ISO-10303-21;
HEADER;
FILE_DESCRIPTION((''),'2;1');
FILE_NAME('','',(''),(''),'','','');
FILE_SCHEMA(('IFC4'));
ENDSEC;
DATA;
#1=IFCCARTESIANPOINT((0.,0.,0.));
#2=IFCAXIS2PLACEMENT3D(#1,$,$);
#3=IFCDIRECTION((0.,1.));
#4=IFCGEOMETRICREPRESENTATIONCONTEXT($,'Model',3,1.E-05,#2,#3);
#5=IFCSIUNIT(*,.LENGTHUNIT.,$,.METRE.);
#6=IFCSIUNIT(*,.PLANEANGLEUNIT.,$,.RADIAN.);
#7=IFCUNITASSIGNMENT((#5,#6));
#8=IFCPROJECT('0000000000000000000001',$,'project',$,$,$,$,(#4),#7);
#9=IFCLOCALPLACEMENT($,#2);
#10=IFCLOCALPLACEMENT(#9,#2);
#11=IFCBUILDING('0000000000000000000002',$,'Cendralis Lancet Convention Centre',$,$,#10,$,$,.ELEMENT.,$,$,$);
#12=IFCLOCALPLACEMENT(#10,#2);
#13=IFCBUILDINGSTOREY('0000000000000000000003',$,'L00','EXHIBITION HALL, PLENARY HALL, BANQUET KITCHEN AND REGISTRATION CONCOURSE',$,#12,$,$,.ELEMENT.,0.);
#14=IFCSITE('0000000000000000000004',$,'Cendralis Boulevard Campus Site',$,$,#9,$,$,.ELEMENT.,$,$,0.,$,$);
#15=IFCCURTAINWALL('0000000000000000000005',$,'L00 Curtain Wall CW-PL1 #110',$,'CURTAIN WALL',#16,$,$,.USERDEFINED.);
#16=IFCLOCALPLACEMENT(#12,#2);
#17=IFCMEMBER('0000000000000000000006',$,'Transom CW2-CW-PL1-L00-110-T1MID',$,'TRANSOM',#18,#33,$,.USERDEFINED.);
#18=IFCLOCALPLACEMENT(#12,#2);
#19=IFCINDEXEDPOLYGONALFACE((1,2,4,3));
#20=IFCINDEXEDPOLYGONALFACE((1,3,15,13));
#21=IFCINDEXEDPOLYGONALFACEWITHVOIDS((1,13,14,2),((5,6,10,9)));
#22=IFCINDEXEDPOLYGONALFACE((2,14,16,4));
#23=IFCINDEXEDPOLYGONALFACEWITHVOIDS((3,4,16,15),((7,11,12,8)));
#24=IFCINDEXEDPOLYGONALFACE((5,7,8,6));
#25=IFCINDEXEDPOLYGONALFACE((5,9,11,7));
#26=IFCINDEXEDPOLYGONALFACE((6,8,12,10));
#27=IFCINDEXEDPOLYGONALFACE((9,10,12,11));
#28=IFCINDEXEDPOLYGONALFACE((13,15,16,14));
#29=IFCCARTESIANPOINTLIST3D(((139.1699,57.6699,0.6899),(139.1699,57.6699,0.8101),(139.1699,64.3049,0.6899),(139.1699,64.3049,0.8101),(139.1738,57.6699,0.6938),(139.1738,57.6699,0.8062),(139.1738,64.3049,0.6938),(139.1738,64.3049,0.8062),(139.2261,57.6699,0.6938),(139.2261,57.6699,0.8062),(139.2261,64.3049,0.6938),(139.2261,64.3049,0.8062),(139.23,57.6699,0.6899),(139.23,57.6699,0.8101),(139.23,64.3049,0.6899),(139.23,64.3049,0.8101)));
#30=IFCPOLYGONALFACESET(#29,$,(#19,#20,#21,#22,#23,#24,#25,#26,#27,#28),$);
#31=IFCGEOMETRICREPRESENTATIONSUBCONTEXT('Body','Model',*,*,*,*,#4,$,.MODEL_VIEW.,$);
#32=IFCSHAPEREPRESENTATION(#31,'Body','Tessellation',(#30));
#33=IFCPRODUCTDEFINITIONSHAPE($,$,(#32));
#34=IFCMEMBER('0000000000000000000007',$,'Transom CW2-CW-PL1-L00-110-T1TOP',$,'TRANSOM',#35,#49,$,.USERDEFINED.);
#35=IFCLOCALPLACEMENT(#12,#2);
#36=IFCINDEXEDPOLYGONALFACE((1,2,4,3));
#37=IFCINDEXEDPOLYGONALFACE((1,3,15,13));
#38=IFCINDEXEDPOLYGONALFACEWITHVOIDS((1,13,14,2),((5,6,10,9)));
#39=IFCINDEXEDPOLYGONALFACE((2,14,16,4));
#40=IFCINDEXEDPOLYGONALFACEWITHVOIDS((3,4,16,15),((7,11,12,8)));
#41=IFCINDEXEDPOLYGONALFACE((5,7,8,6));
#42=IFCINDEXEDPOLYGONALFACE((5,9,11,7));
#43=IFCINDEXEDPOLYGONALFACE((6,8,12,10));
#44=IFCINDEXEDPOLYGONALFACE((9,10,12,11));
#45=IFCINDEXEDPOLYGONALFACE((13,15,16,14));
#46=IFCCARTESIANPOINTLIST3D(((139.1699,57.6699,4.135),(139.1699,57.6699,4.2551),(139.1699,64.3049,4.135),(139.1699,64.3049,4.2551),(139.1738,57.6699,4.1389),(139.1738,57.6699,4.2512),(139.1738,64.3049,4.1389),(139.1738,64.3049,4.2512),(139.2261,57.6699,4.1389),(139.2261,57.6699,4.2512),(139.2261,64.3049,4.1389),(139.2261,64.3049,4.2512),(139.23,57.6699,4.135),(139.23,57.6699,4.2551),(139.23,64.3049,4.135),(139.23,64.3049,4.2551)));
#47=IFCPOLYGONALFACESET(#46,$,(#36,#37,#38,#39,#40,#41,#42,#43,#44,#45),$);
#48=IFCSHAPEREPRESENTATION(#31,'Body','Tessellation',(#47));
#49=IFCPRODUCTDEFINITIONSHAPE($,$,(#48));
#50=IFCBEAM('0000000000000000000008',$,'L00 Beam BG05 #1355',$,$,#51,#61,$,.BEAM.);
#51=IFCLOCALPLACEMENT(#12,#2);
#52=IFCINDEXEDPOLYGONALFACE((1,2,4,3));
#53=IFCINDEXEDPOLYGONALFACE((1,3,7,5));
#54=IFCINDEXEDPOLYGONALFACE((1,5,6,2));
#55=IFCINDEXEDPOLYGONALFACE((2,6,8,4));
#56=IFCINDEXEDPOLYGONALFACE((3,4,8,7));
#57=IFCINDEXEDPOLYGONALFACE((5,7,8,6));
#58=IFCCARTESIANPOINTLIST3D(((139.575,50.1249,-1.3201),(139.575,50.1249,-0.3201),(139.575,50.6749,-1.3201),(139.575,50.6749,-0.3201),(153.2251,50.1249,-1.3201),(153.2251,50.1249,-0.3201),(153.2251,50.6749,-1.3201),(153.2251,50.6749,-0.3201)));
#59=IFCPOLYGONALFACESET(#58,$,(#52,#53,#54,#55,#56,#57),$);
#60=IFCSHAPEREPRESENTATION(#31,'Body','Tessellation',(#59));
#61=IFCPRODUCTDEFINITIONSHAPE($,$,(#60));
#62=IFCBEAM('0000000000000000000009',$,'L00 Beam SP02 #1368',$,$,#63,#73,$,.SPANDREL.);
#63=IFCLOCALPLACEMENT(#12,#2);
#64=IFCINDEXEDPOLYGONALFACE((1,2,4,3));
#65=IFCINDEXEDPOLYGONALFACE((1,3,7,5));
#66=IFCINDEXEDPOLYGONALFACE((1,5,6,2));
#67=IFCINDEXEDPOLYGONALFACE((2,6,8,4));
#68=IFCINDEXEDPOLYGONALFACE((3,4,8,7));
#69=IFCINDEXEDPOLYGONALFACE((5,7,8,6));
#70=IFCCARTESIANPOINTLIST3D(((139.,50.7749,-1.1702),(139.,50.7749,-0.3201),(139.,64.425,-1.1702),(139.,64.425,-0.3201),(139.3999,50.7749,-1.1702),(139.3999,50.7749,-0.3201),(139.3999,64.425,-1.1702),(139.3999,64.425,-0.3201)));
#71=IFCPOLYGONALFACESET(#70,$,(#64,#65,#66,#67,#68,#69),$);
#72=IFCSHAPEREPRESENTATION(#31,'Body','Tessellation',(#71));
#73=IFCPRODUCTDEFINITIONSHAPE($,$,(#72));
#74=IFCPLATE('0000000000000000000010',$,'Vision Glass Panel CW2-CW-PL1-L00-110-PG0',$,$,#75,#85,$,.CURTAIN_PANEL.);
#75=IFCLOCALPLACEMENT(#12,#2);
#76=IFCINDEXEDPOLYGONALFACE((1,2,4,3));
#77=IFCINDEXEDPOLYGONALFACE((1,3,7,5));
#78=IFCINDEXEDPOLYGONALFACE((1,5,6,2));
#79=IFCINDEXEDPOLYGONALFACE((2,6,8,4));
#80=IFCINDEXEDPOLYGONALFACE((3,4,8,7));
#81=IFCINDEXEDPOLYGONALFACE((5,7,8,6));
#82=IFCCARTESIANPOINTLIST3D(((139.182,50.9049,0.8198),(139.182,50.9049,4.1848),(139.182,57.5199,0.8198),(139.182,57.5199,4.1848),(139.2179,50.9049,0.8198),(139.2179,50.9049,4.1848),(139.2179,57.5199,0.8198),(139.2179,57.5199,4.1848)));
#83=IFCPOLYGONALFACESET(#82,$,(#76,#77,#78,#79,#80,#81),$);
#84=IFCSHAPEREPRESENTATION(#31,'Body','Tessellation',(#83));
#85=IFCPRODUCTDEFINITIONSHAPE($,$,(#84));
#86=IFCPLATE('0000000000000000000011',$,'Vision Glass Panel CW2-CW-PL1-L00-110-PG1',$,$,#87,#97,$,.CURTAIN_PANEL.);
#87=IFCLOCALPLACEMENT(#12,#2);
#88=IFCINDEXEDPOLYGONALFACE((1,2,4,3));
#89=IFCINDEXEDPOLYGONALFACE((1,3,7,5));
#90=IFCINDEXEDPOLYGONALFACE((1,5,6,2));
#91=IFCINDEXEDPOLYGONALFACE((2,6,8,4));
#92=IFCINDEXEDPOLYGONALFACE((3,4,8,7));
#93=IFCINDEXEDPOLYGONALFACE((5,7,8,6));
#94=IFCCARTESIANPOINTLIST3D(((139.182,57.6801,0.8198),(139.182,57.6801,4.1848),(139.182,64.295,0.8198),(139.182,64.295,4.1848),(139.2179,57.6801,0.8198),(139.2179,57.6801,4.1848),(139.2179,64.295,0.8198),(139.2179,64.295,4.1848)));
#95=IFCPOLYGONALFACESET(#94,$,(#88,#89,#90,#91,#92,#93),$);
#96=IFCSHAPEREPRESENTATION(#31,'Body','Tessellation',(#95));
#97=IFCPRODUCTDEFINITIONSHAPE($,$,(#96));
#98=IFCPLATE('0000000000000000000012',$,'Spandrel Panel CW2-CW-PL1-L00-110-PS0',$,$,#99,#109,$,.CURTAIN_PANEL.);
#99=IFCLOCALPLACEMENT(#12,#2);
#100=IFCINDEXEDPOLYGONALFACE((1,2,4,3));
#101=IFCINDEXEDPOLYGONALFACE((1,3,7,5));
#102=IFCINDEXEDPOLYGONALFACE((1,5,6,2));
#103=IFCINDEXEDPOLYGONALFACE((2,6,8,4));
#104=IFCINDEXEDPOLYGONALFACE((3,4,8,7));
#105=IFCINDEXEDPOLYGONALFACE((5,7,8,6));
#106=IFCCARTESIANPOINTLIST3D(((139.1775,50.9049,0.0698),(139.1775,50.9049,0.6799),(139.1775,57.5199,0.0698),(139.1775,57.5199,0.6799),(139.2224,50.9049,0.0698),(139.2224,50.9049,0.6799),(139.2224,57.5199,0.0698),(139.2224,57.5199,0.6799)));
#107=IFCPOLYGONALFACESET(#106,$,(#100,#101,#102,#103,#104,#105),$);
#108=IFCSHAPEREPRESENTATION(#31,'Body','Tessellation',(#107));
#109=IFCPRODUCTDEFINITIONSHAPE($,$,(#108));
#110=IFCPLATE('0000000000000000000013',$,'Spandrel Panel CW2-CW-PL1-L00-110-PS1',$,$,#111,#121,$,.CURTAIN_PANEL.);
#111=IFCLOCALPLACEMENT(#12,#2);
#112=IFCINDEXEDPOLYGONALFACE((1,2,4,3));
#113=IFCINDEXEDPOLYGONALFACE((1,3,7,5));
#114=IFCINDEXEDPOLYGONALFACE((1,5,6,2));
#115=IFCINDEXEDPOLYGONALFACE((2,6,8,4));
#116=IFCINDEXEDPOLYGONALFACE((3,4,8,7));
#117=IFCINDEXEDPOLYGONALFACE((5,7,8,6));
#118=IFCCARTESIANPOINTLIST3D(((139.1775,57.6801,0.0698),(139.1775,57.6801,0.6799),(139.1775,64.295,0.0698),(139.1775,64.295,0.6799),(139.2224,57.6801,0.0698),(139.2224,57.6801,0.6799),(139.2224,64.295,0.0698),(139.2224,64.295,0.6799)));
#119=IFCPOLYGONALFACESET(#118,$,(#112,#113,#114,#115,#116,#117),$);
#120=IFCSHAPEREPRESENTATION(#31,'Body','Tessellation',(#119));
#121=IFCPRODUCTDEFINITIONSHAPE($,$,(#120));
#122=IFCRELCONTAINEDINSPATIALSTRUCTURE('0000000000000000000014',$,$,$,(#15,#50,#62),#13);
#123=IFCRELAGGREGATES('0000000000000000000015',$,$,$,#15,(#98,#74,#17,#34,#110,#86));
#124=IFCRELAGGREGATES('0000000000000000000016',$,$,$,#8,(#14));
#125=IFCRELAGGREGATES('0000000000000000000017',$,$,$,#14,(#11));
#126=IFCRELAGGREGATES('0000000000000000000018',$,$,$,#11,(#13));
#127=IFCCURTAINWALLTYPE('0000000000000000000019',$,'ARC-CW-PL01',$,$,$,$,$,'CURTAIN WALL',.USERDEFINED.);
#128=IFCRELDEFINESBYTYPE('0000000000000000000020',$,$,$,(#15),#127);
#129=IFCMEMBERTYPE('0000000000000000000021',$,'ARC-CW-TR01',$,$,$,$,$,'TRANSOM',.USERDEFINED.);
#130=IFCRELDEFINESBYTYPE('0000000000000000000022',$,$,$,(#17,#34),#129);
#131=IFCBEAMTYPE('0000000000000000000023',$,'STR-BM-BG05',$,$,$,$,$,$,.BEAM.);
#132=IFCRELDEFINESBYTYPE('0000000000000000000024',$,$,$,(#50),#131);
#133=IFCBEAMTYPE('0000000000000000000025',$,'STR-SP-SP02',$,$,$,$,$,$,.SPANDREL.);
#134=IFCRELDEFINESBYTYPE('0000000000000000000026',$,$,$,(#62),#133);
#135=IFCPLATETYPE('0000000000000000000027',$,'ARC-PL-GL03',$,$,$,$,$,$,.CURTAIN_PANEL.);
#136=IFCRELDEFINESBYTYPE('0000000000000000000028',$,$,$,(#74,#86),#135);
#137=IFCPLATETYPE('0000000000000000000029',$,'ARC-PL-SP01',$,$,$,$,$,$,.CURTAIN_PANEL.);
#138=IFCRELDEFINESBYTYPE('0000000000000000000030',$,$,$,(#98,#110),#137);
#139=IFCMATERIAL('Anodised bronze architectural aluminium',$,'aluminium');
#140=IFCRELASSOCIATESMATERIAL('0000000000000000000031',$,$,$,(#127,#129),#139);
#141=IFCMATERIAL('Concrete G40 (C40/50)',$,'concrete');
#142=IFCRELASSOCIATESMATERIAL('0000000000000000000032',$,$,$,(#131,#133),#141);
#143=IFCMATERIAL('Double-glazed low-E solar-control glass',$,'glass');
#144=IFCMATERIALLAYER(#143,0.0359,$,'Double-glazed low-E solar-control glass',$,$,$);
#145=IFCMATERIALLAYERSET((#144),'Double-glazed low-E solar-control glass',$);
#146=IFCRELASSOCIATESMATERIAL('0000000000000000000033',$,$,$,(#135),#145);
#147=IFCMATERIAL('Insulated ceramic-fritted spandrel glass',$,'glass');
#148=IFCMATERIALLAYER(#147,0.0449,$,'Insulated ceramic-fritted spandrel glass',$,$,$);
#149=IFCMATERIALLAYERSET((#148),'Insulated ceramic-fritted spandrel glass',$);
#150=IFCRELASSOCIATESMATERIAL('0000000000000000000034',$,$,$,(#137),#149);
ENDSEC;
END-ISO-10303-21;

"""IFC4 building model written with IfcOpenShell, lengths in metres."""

from ifc_helpers import new_model, si_unit, direction, frame, origin, origin_2d, place, context, subcontext, project, spatial, rectangle, hollow_rectangle, extrude, material, layer, layer_set, material_profile, profile_set, type_object, element, aggregate, save


model = new_model("IFC4")

# Units and contexts
model_context = context("Model", 3, precision=1e-05, world=origin(), true_north=direction((0.0, 1.0)))
body_context = subcontext(model_context, "Body", "Model", "MODEL_VIEW")
ifc_project = project(units=[si_unit("LENGTHUNIT", "METRE"), si_unit("PLANEANGLEUNIT", "RADIAN")], contexts=[model_context])

# Site, building, storey
site_placement = place(None, origin())
site = spatial("IfcSite", under=ifc_project, at=site_placement, Name="Cendralis Boulevard Campus Site", CompositionType="ELEMENT", RefElevation=0.0)
building_placement = place(site_placement, origin())
building = spatial("IfcBuilding", under=site, at=building_placement, Name="Cendralis Lancet Convention Centre", CompositionType="ELEMENT")
storey_placement = place(building_placement, origin())
storey = spatial("IfcBuildingStorey", under=building, at=storey_placement, Name="L00", Description="EXHIBITION HALL, PLENARY HALL, BANQUET KITCHEN AND REGISTRATION CONCOURSE", CompositionType="ELEMENT", Elevation=0.0)

# Shared definitions
ifc_material_1 = material(Name="Concrete G40 (C40/50)", Category="concrete")

# Curtain wall, members
ifc_material_2 = material(Name="Anodised bronze architectural aluminium", Category="aluminium")
curtain_wall_type = type_object("IfcCurtainWallType", Name="ARC-CW-PL01", ElementType="CURTAIN WALL", PredefinedType="USERDEFINED", material=ifc_material_2)
curtain_wall_placement = place(storey_placement, origin())
curtain_wall = element("IfcCurtainWall", 1, at=curtain_wall_placement, inside=storey, type_object=curtain_wall_type, Name="L00 Curtain Wall CW-PL1 #110", ObjectType="CURTAIN WALL", PredefinedType="USERDEFINED")
ifc_material_profile_1 = material_profile(ifc_material_2, hollow_rectangle(XDim=0.0601, YDim=0.1201, WallThickness=0.0039, at=origin_2d()), Name="AL-TRAN 60x120x4.0")
ifc_profile_set_1 = profile_set([ifc_material_profile_1], Name="Anodised bronze architectural aluminium")
member_type_1 = type_object("IfcMemberType", Name="ARC-CW-TR01", ElementType="TRANSOM", PredefinedType="USERDEFINED", material=ifc_profile_set_1)
member_1_placement = place(storey_placement, frame((139.2, 57.6699, 0.75), z_axis=(0.0, 1.0, 0.0), x_axis=(-1.0, 0.0, 0.0)))
member_1 = element("IfcMember", 2, at=member_1_placement, type_object=member_type_1, Name="Transom CW2-CW-PL1-L00-110-T1MID", ObjectType="TRANSOM", PredefinedType="USERDEFINED", context=body_context, shape_type="SweptSolid", body=[
    extrude(hollow_rectangle(XDim=0.0601, YDim=0.1201, WallThickness=0.0039, at=origin_2d()), origin(), (0.0, 0.0, 1.0), 6.635),
])
member_2_placement = place(storey_placement, frame((139.2, 57.6699, 4.1951), z_axis=(0.0, 1.0, 0.0), x_axis=(-1.0, 0.0, 0.0)))
member_2 = element("IfcMember", 3, at=member_2_placement, type_object=member_type_1, Name="Transom CW2-CW-PL1-L00-110-T1TOP", ObjectType="TRANSOM", PredefinedType="USERDEFINED", context=body_context, shape_type="SweptSolid", body=[
    extrude(hollow_rectangle(XDim=0.0601, YDim=0.1201, WallThickness=0.0039, at=origin_2d()), origin(), (0.0, 0.0, 1.0), 6.635),
])

# Beams
ifc_material_profile_2 = material_profile(ifc_material_1, rectangle(XDim=0.55, YDim=1.0, at=origin_2d()), Name="RCB 550x1000")
ifc_profile_set_2 = profile_set([ifc_material_profile_2], Name="Concrete G40 (C40/50)")
beam_type_1 = type_object("IfcBeamType", Name="STR-BM-BG05", PredefinedType="BEAM", material=ifc_profile_set_2)
beam_1_placement = place(storey_placement, frame((139.575, 50.3999, -0.8201), z_axis=(1.0, 0.0, 0.0), x_axis=(0.0, 1.0, 0.0)))
element("IfcBeam", 4, at=beam_1_placement, inside=storey, type_object=beam_type_1, Name="L00 Beam BG05 #1355", PredefinedType="BEAM", context=body_context, shape_type="SweptSolid", body=[
    extrude(rectangle(XDim=0.55, YDim=1.0, at=origin_2d()), origin(), (0.0, 0.0, 1.0), 13.6501),
])
ifc_material_profile_3 = material_profile(ifc_material_1, rectangle(XDim=0.3999, YDim=0.8501, at=origin_2d()), Name="RCB 400x850")
ifc_profile_set_3 = profile_set([ifc_material_profile_3], Name="Concrete G40 (C40/50)")
beam_type_2 = type_object("IfcBeamType", Name="STR-SP-SP02", PredefinedType="SPANDREL", material=ifc_profile_set_3)
beam_2_placement = place(storey_placement, frame((139.2, 50.7749, -0.7451), z_axis=(0.0, 1.0, 0.0), x_axis=(-1.0, 0.0, 0.0)))
element("IfcBeam", 5, at=beam_2_placement, inside=storey, type_object=beam_type_2, Name="L00 Beam SP02 #1368", PredefinedType="SPANDREL", context=body_context, shape_type="SweptSolid", body=[
    extrude(rectangle(XDim=0.3999, YDim=0.8501, at=origin_2d()), origin(), (0.0, 0.0, 1.0), 13.6501),
])

# Plates
ifc_material_3 = material(Name="Double-glazed low-E solar-control glass", Category="glass")
ifc_layer_1 = layer(ifc_material_3, 0.0359, Name="Double-glazed low-E solar-control glass")
ifc_layer_set_1 = layer_set([ifc_layer_1], Name="Double-glazed low-E solar-control glass")
plate_type_1 = type_object("IfcPlateType", Name="ARC-PL-GL03", PredefinedType="CURTAIN_PANEL", material=ifc_layer_set_1)
plate_1_placement = place(storey_placement, frame((139.2, 54.2124, 0.8198), z_axis=(0.0, 0.0, 1.0), x_axis=(0.0, 1.0, 0.0)))
plate_1 = element("IfcPlate", 6, at=plate_1_placement, type_object=plate_type_1, Name="Vision Glass Panel CW2-CW-PL1-L00-110-PG0", PredefinedType="CURTAIN_PANEL", context=body_context, shape_type="SweptSolid", body=[
    extrude(rectangle(XDim=6.615, YDim=0.0359, at=origin_2d()), origin(), (0.0, 0.0, 1.0), 3.365),
])
plate_2_placement = place(storey_placement, frame((139.2, 60.9875, 0.8198), z_axis=(0.0, 0.0, 1.0), x_axis=(0.0, 1.0, 0.0)))
plate_2 = element("IfcPlate", 7, at=plate_2_placement, type_object=plate_type_1, Name="Vision Glass Panel CW2-CW-PL1-L00-110-PG1", PredefinedType="CURTAIN_PANEL", context=body_context, shape_type="SweptSolid", body=[
    extrude(rectangle(XDim=6.615, YDim=0.0359, at=origin_2d()), origin(), (0.0, 0.0, 1.0), 3.365),
])
ifc_material_4 = material(Name="Insulated ceramic-fritted spandrel glass", Category="glass")
ifc_layer_2 = layer(ifc_material_4, 0.0449, Name="Insulated ceramic-fritted spandrel glass")
ifc_layer_set_2 = layer_set([ifc_layer_2], Name="Insulated ceramic-fritted spandrel glass")
plate_type_2 = type_object("IfcPlateType", Name="ARC-PL-SP01", PredefinedType="CURTAIN_PANEL", material=ifc_layer_set_2)
plate_3_placement = place(storey_placement, frame((139.2, 54.2124, 0.0698), z_axis=(0.0, 0.0, 1.0), x_axis=(0.0, 1.0, 0.0)))
plate_3 = element("IfcPlate", 8, at=plate_3_placement, type_object=plate_type_2, Name="Spandrel Panel CW2-CW-PL1-L00-110-PS0", PredefinedType="CURTAIN_PANEL", context=body_context, shape_type="SweptSolid", body=[
    extrude(rectangle(XDim=6.615, YDim=0.0449, at=origin_2d()), origin(), (0.0, 0.0, 1.0), 0.6101),
])
plate_4_placement = place(storey_placement, frame((139.2, 60.9875, 0.0698), z_axis=(0.0, 0.0, 1.0), x_axis=(0.0, 1.0, 0.0)))
plate_4 = element("IfcPlate", 9, at=plate_4_placement, type_object=plate_type_2, Name="Spandrel Panel CW2-CW-PL1-L00-110-PS1", PredefinedType="CURTAIN_PANEL", context=body_context, shape_type="SweptSolid", body=[
    extrude(rectangle(XDim=6.615, YDim=0.0449, at=origin_2d()), origin(), (0.0, 0.0, 1.0), 0.6101),
])
aggregate(curtain_wall, [plate_3, plate_1, member_1, member_2, plate_4, plate_2])

save(model, "model.ifc")
